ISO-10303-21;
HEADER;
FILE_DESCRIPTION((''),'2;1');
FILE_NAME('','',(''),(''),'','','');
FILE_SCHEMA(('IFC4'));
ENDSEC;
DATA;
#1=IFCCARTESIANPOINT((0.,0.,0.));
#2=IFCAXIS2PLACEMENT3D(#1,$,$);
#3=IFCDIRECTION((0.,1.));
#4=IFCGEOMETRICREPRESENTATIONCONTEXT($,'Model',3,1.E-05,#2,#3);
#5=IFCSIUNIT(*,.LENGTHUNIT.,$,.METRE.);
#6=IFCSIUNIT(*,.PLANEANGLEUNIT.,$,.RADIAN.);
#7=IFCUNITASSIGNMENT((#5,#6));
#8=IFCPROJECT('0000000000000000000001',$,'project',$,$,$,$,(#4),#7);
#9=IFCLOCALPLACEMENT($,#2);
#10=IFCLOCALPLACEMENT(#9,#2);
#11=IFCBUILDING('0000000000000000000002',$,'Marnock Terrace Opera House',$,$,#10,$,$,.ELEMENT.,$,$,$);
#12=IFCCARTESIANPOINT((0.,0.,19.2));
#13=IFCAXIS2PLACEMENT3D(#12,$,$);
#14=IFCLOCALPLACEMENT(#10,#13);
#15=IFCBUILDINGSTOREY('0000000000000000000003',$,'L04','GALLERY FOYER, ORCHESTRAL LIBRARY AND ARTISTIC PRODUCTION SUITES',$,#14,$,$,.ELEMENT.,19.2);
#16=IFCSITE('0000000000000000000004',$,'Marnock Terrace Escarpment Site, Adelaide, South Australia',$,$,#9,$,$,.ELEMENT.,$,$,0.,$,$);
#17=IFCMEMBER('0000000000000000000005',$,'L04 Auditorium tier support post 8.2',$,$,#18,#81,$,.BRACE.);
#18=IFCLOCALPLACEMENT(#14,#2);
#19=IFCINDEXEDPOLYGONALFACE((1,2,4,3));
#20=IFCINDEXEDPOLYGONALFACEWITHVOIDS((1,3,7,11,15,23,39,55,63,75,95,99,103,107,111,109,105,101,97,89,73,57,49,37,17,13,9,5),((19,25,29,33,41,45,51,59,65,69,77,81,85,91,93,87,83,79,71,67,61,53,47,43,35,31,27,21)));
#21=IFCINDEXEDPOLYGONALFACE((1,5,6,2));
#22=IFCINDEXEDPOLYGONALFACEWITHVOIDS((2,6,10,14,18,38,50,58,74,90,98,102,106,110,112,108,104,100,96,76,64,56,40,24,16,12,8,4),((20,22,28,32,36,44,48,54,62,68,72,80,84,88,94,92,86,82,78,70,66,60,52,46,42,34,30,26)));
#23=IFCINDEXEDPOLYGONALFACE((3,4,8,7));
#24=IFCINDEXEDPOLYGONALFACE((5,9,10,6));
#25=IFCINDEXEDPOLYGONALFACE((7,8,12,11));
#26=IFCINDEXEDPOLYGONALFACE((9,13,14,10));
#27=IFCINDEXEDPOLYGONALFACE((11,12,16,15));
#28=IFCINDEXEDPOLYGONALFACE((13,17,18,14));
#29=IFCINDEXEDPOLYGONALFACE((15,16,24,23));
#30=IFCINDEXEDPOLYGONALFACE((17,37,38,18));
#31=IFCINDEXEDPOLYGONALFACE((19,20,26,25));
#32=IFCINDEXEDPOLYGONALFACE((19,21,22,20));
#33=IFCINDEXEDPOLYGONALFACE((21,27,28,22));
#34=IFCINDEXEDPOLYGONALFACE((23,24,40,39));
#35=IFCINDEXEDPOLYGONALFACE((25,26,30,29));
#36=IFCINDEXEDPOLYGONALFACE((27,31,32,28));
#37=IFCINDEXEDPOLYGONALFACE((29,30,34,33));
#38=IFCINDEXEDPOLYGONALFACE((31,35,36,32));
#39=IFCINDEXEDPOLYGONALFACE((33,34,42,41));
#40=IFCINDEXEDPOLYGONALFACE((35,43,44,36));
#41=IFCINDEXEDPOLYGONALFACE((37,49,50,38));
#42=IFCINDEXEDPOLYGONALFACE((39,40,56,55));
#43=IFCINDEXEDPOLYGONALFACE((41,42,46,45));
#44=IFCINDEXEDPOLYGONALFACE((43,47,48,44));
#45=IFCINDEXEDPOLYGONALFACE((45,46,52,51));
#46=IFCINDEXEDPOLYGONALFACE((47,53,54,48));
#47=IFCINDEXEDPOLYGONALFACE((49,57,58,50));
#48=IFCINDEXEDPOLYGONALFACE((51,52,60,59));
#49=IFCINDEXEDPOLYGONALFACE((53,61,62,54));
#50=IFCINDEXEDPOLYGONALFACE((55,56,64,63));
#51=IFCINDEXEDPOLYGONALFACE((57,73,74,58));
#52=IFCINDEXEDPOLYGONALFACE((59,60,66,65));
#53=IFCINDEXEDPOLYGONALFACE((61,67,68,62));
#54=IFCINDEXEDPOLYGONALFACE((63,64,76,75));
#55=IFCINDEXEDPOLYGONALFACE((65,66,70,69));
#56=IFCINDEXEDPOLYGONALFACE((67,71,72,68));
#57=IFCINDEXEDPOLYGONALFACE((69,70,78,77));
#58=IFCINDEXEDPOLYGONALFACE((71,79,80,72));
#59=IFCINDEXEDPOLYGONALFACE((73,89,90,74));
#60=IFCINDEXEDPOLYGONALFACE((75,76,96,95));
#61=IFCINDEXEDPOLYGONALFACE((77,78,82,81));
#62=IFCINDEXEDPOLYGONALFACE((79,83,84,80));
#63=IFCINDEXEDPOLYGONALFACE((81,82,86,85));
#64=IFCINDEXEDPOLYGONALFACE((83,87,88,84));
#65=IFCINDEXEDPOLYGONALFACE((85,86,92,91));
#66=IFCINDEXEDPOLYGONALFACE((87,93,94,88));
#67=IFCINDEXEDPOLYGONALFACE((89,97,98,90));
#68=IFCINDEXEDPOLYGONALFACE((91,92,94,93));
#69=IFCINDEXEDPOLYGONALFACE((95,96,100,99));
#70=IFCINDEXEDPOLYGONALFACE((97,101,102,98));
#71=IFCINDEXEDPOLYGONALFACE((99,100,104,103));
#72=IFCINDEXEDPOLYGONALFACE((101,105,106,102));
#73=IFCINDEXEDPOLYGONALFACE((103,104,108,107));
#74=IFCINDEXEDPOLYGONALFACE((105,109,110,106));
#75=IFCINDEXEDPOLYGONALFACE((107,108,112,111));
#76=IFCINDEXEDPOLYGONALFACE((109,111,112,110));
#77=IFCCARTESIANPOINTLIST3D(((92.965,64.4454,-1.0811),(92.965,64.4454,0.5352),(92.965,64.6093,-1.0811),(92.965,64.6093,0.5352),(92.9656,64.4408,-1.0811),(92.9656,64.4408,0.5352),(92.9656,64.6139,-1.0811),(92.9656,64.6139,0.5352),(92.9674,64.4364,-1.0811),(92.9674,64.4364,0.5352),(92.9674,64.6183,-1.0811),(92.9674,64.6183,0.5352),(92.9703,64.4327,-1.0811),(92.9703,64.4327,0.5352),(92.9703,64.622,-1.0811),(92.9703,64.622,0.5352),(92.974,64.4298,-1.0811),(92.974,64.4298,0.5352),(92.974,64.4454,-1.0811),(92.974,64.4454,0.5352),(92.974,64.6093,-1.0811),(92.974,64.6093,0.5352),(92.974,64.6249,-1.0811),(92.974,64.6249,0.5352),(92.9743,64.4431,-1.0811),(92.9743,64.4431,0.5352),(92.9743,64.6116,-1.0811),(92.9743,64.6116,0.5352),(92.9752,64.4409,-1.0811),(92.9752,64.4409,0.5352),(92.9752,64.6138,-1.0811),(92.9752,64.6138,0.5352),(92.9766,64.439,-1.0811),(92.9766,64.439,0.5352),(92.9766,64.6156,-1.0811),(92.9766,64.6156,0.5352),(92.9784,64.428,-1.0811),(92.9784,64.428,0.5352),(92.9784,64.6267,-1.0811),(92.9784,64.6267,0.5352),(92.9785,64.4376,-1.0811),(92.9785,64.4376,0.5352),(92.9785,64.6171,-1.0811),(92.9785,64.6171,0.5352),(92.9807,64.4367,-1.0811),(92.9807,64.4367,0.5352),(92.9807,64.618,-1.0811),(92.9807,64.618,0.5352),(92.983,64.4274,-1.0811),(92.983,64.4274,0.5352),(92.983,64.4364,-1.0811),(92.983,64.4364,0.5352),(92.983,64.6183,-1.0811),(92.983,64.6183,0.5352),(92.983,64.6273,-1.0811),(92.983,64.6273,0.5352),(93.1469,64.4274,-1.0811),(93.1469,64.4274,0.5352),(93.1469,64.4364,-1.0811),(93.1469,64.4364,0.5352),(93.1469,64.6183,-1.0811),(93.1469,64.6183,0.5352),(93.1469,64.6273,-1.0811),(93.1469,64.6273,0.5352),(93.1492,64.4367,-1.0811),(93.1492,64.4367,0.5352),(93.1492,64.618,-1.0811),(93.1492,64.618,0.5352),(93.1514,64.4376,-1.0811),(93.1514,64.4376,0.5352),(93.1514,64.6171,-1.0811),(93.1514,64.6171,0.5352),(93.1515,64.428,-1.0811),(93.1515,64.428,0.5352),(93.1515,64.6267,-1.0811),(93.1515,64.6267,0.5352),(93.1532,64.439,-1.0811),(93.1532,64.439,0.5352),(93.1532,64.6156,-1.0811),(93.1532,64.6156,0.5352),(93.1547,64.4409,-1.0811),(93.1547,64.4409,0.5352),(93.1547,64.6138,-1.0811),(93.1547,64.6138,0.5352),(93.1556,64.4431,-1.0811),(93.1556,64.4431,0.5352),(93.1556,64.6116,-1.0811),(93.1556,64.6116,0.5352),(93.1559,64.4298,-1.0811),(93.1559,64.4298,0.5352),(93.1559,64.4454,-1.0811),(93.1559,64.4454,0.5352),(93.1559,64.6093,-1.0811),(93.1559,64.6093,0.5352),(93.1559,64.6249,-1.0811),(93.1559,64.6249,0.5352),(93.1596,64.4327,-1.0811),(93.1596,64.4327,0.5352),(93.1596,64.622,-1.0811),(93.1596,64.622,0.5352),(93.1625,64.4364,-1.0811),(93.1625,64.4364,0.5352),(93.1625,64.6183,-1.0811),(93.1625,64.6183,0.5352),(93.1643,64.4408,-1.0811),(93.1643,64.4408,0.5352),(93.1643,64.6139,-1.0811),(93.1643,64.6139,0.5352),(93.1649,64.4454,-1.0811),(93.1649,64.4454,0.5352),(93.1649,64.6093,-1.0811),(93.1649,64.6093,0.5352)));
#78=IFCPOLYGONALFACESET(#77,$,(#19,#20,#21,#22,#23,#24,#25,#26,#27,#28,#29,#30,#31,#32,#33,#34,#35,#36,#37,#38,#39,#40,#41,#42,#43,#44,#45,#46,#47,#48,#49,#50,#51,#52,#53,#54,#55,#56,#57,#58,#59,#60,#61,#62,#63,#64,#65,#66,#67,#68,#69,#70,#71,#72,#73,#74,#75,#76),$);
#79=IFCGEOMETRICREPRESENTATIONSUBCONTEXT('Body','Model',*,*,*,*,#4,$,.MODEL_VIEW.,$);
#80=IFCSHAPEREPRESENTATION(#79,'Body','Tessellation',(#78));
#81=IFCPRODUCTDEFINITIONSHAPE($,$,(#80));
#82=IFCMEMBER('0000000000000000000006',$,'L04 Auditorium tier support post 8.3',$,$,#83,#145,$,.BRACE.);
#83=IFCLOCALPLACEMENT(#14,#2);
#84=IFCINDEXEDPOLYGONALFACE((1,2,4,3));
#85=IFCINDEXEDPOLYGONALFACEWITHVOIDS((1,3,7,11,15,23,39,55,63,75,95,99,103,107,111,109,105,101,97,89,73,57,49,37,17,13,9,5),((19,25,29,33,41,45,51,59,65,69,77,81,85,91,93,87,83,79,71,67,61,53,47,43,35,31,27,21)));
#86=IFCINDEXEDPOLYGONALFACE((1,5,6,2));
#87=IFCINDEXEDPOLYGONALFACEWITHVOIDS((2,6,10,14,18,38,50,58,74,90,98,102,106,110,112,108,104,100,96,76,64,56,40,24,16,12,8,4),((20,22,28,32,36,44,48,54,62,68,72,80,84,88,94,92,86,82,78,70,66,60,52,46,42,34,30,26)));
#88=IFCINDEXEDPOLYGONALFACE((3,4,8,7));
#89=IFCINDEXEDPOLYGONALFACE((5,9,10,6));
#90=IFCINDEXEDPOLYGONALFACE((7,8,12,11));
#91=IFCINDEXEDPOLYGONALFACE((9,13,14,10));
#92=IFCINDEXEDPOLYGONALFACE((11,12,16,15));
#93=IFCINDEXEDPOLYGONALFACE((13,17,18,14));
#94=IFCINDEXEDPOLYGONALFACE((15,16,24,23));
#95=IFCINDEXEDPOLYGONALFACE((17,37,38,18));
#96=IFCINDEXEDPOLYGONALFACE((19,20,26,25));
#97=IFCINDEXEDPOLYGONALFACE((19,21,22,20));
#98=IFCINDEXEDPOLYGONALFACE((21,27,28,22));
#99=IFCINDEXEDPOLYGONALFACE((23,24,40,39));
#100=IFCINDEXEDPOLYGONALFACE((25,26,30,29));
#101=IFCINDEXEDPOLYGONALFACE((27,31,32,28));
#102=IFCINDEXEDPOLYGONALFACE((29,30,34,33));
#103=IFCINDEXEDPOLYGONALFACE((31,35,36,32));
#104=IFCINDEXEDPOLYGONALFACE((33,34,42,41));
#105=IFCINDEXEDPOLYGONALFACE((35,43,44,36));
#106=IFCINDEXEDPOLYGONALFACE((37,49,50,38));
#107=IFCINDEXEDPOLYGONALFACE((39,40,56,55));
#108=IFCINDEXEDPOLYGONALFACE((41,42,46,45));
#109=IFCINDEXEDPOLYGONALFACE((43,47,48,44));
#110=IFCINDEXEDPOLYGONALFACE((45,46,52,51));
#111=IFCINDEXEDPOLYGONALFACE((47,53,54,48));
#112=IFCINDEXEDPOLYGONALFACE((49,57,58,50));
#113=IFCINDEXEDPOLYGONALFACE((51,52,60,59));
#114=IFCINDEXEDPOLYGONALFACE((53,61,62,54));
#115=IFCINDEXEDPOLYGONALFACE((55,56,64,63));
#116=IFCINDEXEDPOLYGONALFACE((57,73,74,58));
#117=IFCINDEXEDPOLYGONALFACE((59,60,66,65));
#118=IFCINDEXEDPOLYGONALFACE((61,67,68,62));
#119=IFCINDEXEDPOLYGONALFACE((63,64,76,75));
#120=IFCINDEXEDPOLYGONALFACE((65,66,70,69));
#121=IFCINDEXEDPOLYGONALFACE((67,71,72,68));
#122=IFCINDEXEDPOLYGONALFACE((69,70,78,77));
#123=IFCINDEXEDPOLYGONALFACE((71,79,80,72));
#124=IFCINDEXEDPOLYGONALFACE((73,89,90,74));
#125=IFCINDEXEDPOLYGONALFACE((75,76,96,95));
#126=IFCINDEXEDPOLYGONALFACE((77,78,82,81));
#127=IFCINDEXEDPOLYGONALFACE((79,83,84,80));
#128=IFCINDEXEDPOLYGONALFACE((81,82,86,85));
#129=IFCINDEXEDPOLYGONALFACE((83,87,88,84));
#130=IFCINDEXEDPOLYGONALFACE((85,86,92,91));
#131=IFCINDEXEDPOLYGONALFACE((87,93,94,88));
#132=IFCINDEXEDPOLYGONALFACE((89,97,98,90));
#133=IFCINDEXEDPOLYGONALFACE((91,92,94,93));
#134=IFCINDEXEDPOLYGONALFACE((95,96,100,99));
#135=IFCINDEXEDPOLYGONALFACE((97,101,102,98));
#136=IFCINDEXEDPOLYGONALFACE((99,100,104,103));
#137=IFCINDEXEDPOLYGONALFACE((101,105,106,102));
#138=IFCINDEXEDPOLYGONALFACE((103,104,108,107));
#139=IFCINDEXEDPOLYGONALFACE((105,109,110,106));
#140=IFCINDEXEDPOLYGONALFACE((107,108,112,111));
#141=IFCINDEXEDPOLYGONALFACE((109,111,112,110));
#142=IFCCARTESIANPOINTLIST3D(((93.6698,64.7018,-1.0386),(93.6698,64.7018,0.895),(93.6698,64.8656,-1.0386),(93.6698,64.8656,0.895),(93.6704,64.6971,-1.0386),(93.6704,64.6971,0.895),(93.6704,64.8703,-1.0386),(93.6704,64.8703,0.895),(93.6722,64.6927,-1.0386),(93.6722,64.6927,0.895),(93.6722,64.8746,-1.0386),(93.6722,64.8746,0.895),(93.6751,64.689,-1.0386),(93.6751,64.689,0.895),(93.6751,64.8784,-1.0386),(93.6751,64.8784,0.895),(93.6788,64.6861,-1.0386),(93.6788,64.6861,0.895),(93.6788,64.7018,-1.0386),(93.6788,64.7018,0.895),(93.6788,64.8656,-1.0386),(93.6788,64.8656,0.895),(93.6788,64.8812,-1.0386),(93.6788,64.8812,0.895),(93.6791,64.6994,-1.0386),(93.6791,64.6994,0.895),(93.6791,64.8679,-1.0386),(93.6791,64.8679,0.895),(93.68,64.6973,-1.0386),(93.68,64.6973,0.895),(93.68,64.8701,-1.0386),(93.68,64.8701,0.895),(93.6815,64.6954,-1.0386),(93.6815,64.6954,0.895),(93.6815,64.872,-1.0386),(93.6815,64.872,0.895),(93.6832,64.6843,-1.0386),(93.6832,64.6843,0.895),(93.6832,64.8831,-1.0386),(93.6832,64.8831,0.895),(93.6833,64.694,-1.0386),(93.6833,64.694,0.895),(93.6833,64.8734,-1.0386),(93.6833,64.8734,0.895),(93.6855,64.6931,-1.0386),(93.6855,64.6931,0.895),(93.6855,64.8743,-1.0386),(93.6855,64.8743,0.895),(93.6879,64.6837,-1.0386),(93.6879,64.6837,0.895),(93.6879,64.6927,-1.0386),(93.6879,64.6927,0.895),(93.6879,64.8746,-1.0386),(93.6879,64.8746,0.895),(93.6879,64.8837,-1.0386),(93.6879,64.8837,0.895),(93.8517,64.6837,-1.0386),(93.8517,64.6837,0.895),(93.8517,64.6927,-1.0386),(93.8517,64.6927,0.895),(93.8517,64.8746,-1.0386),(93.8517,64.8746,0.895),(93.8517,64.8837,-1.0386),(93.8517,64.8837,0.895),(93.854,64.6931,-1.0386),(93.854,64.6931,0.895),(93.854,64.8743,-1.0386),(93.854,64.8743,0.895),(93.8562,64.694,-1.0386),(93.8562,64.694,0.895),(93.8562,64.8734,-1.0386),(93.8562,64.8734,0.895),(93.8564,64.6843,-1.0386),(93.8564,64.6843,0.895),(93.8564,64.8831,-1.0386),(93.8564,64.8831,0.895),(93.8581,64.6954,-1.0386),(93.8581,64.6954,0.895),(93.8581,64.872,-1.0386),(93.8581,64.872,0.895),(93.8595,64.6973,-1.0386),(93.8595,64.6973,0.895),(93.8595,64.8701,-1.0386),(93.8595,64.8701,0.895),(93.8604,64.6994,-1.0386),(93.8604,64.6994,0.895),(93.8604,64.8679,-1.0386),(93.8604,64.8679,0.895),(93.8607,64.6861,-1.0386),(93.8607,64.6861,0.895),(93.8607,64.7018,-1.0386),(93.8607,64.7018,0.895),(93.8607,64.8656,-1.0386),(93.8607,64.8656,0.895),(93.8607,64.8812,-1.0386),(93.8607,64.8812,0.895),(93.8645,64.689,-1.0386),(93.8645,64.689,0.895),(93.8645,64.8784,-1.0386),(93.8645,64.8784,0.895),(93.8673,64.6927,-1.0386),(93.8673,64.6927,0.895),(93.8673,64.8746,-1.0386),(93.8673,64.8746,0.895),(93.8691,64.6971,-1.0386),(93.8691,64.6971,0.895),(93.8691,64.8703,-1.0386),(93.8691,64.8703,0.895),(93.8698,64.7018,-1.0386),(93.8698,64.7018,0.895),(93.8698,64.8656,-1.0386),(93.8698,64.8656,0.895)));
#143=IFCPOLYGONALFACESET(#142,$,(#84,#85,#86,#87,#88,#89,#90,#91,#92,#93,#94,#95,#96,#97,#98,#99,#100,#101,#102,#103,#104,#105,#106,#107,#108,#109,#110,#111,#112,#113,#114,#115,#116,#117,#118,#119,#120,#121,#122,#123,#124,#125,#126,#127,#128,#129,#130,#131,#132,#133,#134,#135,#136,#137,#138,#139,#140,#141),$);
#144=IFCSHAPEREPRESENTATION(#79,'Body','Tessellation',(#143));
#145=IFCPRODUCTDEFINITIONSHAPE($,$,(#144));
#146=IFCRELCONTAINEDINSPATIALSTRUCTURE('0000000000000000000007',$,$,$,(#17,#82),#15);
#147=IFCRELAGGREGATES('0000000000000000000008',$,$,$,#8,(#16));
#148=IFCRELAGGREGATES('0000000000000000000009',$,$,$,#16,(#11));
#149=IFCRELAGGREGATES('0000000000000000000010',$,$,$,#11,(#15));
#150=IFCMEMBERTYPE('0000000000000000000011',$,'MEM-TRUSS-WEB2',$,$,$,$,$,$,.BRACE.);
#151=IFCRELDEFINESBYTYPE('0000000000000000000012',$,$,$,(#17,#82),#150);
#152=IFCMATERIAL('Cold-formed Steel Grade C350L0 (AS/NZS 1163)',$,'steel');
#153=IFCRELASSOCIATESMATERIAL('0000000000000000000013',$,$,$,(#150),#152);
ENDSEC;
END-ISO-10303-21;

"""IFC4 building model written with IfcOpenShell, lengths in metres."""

from ifc_helpers import new_model, si_unit, direction, frame, origin, origin_2d, place, context, subcontext, project, spatial, hollow_rectangle, extrude, material, material_profile, profile_set, type_object, element, save


model = new_model("IFC4")

# Units and contexts
model_context = context("Model", 3, precision=1e-05, world=origin(), true_north=direction((0.0, 1.0)))
body_context = subcontext(model_context, "Body", "Model", "MODEL_VIEW")
ifc_project = project(units=[si_unit("LENGTHUNIT", "METRE"), si_unit("PLANEANGLEUNIT", "RADIAN")], contexts=[model_context])

# Site, building, storey
site_placement = place(None, origin())
site = spatial("IfcSite", under=ifc_project, at=site_placement, Name="Marnock Terrace Escarpment Site, Adelaide, South Australia", CompositionType="ELEMENT", RefElevation=0.0)
building_placement = place(site_placement, origin())
building = spatial("IfcBuilding", under=site, at=building_placement, Name="Marnock Terrace Opera House", CompositionType="ELEMENT")
storey_placement = place(building_placement, frame((0.0, 0.0, 19.2)))
storey = spatial("IfcBuildingStorey", under=building, at=storey_placement, Name="L04", Description="GALLERY FOYER, ORCHESTRAL LIBRARY AND ARTISTIC PRODUCTION SUITES", CompositionType="ELEMENT", Elevation=19.2)

# Members
ifc_material_1 = material(Name="Cold-formed Steel Grade C350L0 (AS/NZS 1163)", Category="steel")
ifc_material_profile_1 = material_profile(ifc_material_1, hollow_rectangle(XDim=0.2, YDim=0.2, WallThickness=0.009, InnerFilletRadius=0.009, OuterFilletRadius=0.0181, at=origin_2d()))
ifc_profile_set_1 = profile_set([ifc_material_profile_1], Name="Cold-formed Steel Grade C350L0 (AS/NZS 1163)")
member_type_1 = type_object("IfcMemberType", Name="MEM-TRUSS-WEB2", PredefinedType="BRACE", material=ifc_profile_set_1)
member_1_placement = place(storey_placement, frame((93.0649, 64.5273, -1.0811), z_axis=(0.0, 0.0, 1.0), x_axis=(1.0, 0.0, 0.0)))
element("IfcMember", 1, at=member_1_placement, inside=storey, type_object=member_type_1, Name="L04 Auditorium tier support post 8.2", PredefinedType="BRACE", context=body_context, shape_type="SweptSolid", body=[
    extrude(hollow_rectangle(XDim=0.2, YDim=0.2, WallThickness=0.009, InnerFilletRadius=0.009, OuterFilletRadius=0.0181, at=origin_2d()), origin(), (0.0, 0.0, 1.0), 1.6162),
])
member_2_placement = place(storey_placement, frame((93.7698, 64.7837, -1.0386), z_axis=(0.0, 0.0, 1.0), x_axis=(1.0, 0.0, 0.0)))
element("IfcMember", 2, at=member_2_placement, inside=storey, type_object=member_type_1, Name="L04 Auditorium tier support post 8.3", PredefinedType="BRACE", context=body_context, shape_type="SweptSolid", body=[
    extrude(hollow_rectangle(XDim=0.2, YDim=0.2, WallThickness=0.009, InnerFilletRadius=0.009, OuterFilletRadius=0.0181, at=origin_2d()), origin(), (0.0, 0.0, 1.0), 1.9336),
])

save(model, "model.ifc")
